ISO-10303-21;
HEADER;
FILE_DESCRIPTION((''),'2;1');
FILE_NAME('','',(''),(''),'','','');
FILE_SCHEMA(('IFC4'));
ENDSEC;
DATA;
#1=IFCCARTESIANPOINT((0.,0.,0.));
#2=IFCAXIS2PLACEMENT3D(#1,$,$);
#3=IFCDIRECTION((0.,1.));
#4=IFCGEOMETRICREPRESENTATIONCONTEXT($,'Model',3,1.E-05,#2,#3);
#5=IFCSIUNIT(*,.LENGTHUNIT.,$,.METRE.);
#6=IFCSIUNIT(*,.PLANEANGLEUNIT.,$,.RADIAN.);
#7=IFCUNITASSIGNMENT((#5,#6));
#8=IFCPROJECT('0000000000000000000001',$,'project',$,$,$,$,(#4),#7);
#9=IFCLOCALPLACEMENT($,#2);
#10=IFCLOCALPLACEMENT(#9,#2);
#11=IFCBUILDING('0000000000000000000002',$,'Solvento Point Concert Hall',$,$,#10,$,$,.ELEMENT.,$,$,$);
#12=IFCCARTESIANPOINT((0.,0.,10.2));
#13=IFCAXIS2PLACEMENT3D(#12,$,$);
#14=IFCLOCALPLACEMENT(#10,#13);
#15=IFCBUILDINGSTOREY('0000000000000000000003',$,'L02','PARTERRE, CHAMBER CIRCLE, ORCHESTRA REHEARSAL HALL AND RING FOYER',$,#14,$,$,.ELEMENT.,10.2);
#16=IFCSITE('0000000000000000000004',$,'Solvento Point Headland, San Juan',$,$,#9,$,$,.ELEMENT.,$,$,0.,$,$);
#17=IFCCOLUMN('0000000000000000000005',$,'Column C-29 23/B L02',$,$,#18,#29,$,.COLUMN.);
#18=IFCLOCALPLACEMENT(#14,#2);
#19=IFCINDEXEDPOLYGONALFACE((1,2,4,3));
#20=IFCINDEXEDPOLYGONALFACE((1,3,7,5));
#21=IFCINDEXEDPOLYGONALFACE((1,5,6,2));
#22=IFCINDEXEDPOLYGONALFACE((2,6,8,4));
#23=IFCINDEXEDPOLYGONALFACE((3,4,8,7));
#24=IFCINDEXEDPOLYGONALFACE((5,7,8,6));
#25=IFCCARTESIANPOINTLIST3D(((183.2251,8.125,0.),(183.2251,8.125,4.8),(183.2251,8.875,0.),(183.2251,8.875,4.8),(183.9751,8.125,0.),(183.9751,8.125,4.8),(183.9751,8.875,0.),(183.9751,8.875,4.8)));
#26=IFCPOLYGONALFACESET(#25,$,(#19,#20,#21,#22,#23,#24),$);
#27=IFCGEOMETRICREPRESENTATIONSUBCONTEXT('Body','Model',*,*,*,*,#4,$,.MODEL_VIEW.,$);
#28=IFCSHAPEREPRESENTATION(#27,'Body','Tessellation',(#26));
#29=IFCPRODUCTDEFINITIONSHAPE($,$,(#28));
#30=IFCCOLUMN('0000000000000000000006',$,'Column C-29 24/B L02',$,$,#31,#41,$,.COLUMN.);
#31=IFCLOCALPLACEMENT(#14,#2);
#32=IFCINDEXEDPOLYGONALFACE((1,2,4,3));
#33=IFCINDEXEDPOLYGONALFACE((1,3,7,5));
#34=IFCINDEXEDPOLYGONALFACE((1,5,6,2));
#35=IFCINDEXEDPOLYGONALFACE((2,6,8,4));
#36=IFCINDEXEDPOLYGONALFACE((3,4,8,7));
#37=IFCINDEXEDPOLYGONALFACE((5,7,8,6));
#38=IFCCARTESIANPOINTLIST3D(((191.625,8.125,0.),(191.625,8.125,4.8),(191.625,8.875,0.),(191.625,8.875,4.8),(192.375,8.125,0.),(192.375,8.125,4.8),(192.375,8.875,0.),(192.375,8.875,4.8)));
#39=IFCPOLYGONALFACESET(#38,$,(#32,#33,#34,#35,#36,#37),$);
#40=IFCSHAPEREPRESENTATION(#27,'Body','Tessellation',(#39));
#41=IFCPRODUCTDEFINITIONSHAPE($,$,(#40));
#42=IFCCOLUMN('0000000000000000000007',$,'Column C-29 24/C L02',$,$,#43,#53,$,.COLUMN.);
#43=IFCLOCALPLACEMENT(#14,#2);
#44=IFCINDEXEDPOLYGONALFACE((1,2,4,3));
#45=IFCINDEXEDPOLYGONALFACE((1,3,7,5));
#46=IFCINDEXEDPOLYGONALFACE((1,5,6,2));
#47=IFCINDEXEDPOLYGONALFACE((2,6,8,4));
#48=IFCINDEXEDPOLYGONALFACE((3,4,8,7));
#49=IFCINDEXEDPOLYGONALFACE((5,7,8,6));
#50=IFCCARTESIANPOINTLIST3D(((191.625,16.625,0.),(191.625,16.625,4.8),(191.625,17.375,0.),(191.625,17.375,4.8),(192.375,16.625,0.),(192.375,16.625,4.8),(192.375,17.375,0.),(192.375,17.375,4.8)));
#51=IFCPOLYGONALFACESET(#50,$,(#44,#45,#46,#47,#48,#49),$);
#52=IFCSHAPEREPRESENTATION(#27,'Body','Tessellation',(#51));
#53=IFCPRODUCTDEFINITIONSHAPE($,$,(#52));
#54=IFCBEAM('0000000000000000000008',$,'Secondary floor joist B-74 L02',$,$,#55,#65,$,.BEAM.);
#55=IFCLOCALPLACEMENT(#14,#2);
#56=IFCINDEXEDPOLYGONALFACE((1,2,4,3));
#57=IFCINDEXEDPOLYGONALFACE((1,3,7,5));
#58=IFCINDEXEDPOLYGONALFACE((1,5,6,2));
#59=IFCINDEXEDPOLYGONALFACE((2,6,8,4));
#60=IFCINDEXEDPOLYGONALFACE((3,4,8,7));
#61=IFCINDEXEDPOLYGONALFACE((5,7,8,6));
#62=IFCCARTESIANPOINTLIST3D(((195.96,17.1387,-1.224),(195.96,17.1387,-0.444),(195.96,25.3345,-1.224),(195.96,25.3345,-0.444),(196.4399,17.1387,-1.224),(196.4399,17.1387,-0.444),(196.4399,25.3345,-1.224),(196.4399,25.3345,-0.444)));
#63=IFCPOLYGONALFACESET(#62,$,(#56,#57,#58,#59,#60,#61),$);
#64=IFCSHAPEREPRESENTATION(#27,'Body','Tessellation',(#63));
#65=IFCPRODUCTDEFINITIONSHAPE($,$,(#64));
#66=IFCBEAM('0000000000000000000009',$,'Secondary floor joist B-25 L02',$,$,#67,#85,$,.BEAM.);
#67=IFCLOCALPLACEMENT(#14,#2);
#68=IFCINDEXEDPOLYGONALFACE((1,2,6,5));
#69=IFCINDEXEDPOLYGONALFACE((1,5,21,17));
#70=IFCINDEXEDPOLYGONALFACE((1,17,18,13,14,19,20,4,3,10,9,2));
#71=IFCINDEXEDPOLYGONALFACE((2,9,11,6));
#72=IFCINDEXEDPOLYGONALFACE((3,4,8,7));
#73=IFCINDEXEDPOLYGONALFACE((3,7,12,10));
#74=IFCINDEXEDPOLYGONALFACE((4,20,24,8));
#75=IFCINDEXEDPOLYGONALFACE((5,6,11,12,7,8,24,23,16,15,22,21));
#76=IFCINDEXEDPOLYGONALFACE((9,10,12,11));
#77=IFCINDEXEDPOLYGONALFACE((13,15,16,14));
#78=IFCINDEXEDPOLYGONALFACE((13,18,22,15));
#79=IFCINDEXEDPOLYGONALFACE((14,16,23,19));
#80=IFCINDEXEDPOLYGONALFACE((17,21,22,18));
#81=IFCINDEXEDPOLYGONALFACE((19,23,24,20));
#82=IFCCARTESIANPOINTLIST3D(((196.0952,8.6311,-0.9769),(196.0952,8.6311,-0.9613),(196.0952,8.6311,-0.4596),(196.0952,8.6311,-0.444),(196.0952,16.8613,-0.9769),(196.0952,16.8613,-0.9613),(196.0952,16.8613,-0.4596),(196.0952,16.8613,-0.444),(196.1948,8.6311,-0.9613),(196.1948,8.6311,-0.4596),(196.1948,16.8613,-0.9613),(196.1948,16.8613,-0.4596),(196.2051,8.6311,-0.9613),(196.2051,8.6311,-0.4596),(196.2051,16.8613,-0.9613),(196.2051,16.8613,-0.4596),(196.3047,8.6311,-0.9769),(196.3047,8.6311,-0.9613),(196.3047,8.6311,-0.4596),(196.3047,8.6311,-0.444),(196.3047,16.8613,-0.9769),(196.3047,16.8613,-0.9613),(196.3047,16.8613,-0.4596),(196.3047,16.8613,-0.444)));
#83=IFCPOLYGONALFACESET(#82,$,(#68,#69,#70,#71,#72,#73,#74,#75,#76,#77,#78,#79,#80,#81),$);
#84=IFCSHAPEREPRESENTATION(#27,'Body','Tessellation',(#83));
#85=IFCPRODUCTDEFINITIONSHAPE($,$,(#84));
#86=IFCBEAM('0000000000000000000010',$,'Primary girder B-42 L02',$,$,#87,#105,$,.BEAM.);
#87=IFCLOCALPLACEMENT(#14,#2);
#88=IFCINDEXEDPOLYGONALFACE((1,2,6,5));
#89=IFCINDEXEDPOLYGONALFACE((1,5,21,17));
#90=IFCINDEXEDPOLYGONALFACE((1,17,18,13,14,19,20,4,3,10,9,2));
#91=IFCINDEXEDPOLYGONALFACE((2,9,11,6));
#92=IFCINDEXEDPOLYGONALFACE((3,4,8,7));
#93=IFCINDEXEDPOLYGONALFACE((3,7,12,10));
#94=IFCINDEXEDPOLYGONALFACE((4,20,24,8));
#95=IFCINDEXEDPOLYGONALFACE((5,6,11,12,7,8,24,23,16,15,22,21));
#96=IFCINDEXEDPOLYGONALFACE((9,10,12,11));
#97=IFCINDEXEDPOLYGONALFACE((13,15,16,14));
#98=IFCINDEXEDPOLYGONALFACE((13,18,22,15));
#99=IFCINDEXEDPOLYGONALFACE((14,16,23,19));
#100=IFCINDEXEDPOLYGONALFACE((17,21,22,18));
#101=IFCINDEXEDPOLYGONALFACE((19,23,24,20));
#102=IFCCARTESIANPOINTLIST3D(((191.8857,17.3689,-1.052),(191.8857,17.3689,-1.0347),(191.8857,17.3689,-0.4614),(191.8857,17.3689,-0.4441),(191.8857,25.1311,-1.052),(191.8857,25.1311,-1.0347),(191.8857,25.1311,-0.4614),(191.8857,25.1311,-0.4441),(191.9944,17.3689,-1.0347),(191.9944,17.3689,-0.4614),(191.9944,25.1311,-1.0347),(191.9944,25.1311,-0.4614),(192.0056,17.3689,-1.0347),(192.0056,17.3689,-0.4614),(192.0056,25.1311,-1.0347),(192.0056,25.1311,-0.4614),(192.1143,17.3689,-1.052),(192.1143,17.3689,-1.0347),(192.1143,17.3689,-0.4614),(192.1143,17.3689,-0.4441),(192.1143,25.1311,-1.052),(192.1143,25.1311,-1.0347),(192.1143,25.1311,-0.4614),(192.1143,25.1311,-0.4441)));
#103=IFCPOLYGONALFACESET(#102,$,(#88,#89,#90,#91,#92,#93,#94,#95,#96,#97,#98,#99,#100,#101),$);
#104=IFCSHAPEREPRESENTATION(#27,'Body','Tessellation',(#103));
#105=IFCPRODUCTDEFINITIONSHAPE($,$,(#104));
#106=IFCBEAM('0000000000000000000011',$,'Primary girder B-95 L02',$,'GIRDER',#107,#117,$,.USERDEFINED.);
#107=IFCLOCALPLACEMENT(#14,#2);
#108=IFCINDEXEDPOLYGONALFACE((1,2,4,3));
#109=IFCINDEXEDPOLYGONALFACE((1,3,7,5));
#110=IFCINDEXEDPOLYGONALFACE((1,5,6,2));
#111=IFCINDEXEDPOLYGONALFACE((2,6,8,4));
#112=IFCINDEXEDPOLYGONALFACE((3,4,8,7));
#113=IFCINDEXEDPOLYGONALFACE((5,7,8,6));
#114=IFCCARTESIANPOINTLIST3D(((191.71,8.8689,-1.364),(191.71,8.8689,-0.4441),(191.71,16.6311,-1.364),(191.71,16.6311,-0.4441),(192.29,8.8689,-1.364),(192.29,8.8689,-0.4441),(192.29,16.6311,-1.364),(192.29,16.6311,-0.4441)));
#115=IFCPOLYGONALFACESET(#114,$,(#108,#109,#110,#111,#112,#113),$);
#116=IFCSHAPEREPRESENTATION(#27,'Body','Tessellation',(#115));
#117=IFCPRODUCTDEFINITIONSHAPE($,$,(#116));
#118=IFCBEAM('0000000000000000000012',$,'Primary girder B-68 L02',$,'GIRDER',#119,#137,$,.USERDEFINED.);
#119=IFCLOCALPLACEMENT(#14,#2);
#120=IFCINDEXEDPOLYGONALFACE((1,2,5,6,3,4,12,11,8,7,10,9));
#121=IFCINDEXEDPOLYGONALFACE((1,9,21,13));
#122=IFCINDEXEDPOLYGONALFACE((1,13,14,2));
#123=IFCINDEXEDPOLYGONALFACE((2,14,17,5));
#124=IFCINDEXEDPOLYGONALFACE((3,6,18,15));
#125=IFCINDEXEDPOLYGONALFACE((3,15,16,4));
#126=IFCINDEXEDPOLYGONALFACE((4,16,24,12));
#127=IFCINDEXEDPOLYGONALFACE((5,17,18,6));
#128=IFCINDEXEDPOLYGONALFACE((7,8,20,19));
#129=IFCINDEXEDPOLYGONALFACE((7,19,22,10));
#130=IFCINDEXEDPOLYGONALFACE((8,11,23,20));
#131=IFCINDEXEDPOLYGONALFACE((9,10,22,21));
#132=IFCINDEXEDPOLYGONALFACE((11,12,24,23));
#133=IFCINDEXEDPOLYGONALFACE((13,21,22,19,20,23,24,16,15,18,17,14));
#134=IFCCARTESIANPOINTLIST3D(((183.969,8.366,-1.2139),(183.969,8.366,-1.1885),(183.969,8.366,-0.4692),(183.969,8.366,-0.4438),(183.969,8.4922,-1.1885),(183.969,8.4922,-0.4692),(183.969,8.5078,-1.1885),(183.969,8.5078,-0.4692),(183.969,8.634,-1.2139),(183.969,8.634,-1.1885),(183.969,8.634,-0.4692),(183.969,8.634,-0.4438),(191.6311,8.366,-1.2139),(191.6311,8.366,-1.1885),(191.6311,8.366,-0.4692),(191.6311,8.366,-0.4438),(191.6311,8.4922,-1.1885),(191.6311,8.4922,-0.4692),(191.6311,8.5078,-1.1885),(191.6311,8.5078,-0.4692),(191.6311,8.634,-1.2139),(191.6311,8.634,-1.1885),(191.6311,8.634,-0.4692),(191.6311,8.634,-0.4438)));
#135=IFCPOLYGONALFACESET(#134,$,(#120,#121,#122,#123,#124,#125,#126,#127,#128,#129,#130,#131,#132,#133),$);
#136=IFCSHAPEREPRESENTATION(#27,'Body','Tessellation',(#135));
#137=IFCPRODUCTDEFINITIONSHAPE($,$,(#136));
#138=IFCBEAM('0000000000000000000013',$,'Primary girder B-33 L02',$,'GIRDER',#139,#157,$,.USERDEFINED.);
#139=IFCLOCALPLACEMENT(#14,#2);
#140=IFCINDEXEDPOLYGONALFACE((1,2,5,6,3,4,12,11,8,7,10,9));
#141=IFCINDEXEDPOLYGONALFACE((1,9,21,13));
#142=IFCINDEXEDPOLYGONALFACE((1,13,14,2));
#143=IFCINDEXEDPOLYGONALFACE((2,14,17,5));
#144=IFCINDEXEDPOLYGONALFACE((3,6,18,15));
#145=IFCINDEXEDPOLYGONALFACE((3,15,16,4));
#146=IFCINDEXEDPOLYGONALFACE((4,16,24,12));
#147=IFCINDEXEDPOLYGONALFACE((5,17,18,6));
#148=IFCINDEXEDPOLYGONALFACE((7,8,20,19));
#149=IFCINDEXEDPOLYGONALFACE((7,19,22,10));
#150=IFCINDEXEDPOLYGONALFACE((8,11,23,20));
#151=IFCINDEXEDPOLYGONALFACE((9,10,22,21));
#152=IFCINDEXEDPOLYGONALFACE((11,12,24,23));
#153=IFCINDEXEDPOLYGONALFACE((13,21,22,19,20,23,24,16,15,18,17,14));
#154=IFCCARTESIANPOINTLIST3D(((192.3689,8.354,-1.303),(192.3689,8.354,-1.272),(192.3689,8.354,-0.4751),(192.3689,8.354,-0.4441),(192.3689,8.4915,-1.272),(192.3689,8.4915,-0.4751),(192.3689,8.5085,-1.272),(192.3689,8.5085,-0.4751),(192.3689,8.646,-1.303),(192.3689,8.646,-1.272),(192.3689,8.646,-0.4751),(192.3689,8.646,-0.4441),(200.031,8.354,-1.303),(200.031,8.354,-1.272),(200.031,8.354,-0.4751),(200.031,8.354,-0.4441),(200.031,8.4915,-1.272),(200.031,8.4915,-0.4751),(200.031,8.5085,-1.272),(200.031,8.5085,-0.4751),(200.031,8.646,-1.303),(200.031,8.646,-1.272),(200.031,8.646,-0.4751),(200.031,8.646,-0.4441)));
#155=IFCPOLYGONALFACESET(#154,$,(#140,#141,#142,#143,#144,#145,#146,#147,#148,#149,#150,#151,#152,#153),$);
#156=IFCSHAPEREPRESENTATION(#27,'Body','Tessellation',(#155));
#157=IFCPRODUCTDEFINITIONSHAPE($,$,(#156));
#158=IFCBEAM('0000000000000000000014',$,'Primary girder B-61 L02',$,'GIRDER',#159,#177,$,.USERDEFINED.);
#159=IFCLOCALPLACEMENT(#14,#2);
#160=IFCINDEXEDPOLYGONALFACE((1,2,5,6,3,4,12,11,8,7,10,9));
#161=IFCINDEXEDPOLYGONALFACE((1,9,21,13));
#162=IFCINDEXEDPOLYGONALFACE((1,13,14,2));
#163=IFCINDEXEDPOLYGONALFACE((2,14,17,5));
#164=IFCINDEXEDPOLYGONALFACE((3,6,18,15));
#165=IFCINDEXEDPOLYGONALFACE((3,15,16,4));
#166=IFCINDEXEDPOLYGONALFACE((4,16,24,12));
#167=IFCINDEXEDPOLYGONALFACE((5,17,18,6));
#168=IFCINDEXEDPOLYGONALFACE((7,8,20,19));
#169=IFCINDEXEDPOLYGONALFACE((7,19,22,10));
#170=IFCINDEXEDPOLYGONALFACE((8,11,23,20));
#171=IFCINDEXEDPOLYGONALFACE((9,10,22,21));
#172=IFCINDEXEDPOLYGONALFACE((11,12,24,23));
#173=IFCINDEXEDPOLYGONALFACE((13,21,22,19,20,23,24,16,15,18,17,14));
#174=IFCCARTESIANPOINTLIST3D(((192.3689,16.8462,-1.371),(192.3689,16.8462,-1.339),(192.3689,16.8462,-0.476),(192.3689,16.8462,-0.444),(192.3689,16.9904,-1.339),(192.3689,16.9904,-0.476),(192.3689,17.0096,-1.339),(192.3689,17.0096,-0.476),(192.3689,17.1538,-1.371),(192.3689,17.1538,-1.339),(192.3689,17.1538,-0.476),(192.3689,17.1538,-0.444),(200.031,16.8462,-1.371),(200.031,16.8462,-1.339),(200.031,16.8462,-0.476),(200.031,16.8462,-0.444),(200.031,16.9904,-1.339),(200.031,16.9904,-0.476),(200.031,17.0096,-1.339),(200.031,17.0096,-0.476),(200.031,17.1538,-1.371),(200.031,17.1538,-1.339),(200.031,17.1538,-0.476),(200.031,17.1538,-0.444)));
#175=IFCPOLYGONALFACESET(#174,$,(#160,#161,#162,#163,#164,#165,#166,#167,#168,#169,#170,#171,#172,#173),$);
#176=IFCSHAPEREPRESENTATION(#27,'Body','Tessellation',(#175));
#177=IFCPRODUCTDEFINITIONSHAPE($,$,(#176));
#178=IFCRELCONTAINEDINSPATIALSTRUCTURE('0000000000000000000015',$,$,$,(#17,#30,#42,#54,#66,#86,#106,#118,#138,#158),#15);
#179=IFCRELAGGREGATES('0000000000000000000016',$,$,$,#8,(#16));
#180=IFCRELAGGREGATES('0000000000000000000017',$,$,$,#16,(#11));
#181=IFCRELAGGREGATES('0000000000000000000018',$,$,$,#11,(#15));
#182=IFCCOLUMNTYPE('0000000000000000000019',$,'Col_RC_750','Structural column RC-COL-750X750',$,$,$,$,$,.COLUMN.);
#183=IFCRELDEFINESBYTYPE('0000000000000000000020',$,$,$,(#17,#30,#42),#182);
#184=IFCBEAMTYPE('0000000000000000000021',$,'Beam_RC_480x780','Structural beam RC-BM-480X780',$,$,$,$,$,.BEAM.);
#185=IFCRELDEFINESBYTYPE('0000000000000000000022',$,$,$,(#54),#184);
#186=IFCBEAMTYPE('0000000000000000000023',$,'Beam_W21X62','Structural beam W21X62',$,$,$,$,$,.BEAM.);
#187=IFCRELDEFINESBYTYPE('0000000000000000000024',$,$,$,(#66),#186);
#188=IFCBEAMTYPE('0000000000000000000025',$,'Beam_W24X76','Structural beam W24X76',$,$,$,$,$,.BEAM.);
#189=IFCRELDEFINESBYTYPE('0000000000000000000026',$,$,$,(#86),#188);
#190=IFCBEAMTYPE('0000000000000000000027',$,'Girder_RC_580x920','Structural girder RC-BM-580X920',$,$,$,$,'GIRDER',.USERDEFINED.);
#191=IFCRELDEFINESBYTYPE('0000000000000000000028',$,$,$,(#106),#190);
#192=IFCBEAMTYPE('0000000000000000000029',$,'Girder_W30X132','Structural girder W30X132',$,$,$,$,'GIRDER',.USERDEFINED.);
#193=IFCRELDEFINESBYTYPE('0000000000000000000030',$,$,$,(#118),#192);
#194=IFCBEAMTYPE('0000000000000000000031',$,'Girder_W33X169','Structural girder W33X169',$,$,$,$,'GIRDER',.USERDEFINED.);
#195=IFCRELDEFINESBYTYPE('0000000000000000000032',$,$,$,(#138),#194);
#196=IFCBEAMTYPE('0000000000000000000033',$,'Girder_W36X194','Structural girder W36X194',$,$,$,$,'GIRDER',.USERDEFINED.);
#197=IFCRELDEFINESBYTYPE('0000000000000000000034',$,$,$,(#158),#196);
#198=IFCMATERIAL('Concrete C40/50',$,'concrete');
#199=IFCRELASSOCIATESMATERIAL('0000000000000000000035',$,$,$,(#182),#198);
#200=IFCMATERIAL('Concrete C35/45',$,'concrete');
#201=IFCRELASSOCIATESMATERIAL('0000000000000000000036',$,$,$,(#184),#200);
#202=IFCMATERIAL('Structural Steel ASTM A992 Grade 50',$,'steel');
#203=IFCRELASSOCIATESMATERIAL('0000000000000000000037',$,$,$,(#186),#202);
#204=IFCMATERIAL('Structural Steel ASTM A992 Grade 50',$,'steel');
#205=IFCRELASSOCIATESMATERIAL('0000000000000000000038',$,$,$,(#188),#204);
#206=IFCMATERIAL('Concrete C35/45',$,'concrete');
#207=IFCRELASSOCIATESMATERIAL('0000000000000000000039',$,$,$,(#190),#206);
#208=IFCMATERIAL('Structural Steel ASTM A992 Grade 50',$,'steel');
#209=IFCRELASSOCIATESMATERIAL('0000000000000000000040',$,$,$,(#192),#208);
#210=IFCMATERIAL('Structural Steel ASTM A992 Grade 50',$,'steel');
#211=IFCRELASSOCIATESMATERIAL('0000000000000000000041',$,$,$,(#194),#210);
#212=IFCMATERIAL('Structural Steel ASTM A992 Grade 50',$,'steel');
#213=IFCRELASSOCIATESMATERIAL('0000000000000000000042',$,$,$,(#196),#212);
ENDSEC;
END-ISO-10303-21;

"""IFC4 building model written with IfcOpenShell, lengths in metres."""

from ifc_helpers import new_model, si_unit, direction, frame, origin, origin_2d, place, context, subcontext, project, spatial, rectangle, i_section, extrude, material, material_profile, profile_set, type_object, element, save


model = new_model("IFC4")

# Units and contexts
model_context = context("Model", 3, precision=1e-05, world=origin(), true_north=direction((0.0, 1.0)))
body_context = subcontext(model_context, "Body", "Model", "MODEL_VIEW")
ifc_project = project(units=[si_unit("LENGTHUNIT", "METRE"), si_unit("PLANEANGLEUNIT", "RADIAN")], contexts=[model_context])

# Site, building, storey
site_placement = place(None, origin())
site = spatial("IfcSite", under=ifc_project, at=site_placement, Name="Solvento Point Headland, San Juan", CompositionType="ELEMENT", RefElevation=0.0)
building_placement = place(site_placement, origin())
building = spatial("IfcBuilding", under=site, at=building_placement, Name="Solvento Point Concert Hall", CompositionType="ELEMENT")
storey_placement = place(building_placement, frame((0.0, 0.0, 10.2)))
storey = spatial("IfcBuildingStorey", under=building, at=storey_placement, Name="L02", Description="PARTERRE, CHAMBER CIRCLE, ORCHESTRA REHEARSAL HALL AND RING FOYER", CompositionType="ELEMENT", Elevation=10.2)

# Columns
ifc_material_1 = material(Name="Concrete C40/50", Category="concrete")
ifc_material_profile_1 = material_profile(ifc_material_1, rectangle(XDim=0.75, YDim=0.75, at=origin_2d()), Name="RC-COL-750X750")
ifc_profile_set_1 = profile_set([ifc_material_profile_1], Name="Concrete C40/50")
column_type = type_object("IfcColumnType", Name="Col_RC_750", Description="Structural column RC-COL-750X750", PredefinedType="COLUMN", material=ifc_profile_set_1)
for number, where, z_axis, x_axis, name in (
    (1, (183.6001, 8.5, 0.0), (0.0, 0.0, 1.0), (1.0, 0.0, 0.0), "Column C-29 23/B L02"),
    (2, (192.0, 8.5, 0.0), (0.0, 0.0, 1.0), (1.0, 0.0, 0.0), "Column C-29 24/B L02"),
    (3, (192.0, 17.0, 0.0), (0.0, 0.0, 1.0), (1.0, 0.0, 0.0), "Column C-29 24/C L02"),
):
    element("IfcColumn", number, at=place(storey_placement, frame(where, z_axis=z_axis, x_axis=x_axis)), inside=storey, type_object=column_type, Name=name, PredefinedType="COLUMN", context=body_context, shape_type="SweptSolid", body=[
        extrude(rectangle(XDim=0.75, YDim=0.75, at=origin_2d()), origin(), (0.0, 0.0, 1.0), 4.8),
    ])

# Beams
ifc_material_2 = material(Name="Concrete C35/45", Category="concrete")
ifc_material_profile_2 = material_profile(ifc_material_2, rectangle(XDim=0.48, YDim=0.78, at=origin_2d()), Name="RC-BM-480X780")
ifc_profile_set_2 = profile_set([ifc_material_profile_2], Name="Concrete C35/45")
beam_type_1 = type_object("IfcBeamType", Name="Beam_RC_480x780", Description="Structural beam RC-BM-480X780", PredefinedType="BEAM", material=ifc_profile_set_2)
beam_1_placement = place(storey_placement, frame((196.2, 17.1387, -0.834), z_axis=(0.0, 1.0, 0.0), x_axis=(-1.0, 0.0, 0.0)))
element("IfcBeam", 4, at=beam_1_placement, inside=storey, type_object=beam_type_1, Name="Secondary floor joist B-74 L02", PredefinedType="BEAM", context=body_context, shape_type="SweptSolid", body=[
    extrude(rectangle(XDim=0.48, YDim=0.78, at=origin_2d()), origin(), (0.0, 0.0, 1.0), 8.1958),
])
ifc_material_3 = material(Name="Structural Steel ASTM A992 Grade 50", Category="steel")
ifc_material_profile_3 = material_profile(ifc_material_3, i_section(OverallWidth=0.2095, OverallDepth=0.533, WebThickness=0.0103, FlangeThickness=0.0156, at=origin_2d()), Name="W21X62")
ifc_profile_set_3 = profile_set([ifc_material_profile_3], Name="Structural Steel ASTM A992 Grade 50")
beam_type_2 = type_object("IfcBeamType", Name="Beam_W21X62", Description="Structural beam W21X62", PredefinedType="BEAM", material=ifc_profile_set_3)
beam_2_placement = place(storey_placement, frame((196.2, 8.6311, -0.7104), z_axis=(0.0, 1.0, 0.0), x_axis=(-1.0, 0.0, 0.0)))
element("IfcBeam", 5, at=beam_2_placement, inside=storey, type_object=beam_type_2, Name="Secondary floor joist B-25 L02", PredefinedType="BEAM", context=body_context, shape_type="SweptSolid", body=[
    extrude(i_section(OverallWidth=0.2095, OverallDepth=0.533, WebThickness=0.0103, FlangeThickness=0.0156, at=origin_2d()), origin(), (0.0, 0.0, 1.0), 8.2302),
])
ifc_material_4 = material(Name="Structural Steel ASTM A992 Grade 50", Category="steel")
ifc_material_profile_4 = material_profile(ifc_material_4, i_section(OverallWidth=0.2285, OverallDepth=0.6079, WebThickness=0.0112, FlangeThickness=0.0173, at=origin_2d()), Name="W24X76")
ifc_profile_set_4 = profile_set([ifc_material_profile_4], Name="Structural Steel ASTM A992 Grade 50")
beam_type_3 = type_object("IfcBeamType", Name="Beam_W24X76", Description="Structural beam W24X76", PredefinedType="BEAM", material=ifc_profile_set_4)
beam_3_placement = place(storey_placement, frame((192.0, 17.3689, -0.748), z_axis=(0.0, 1.0, 0.0), x_axis=(-1.0, 0.0, 0.0)))
element("IfcBeam", 6, at=beam_3_placement, inside=storey, type_object=beam_type_3, Name="Primary girder B-42 L02", PredefinedType="BEAM", context=body_context, shape_type="SweptSolid", body=[
    extrude(i_section(OverallWidth=0.2285, OverallDepth=0.6079, WebThickness=0.0112, FlangeThickness=0.0173, at=origin_2d()), origin(), (0.0, 0.0, 1.0), 7.7622),
])
ifc_material_5 = material(Name="Concrete C35/45", Category="concrete")
ifc_material_profile_5 = material_profile(ifc_material_5, rectangle(XDim=0.5801, YDim=0.9199, at=origin_2d()), Name="RC-BM-580X920")
ifc_profile_set_5 = profile_set([ifc_material_profile_5], Name="Concrete C35/45")
beam_type_4 = type_object("IfcBeamType", Name="Girder_RC_580x920", Description="Structural girder RC-BM-580X920", ElementType="GIRDER", PredefinedType="USERDEFINED", material=ifc_profile_set_5)
beam_4_placement = place(storey_placement, frame((192.0, 8.8689, -0.9041), z_axis=(0.0, 1.0, 0.0), x_axis=(-1.0, 0.0, 0.0)))
element("IfcBeam", 7, at=beam_4_placement, inside=storey, type_object=beam_type_4, Name="Primary girder B-95 L02", ObjectType="GIRDER", PredefinedType="USERDEFINED", context=body_context, shape_type="SweptSolid", body=[
    extrude(rectangle(XDim=0.5801, YDim=0.9199, at=origin_2d()), origin(), (0.0, 0.0, 1.0), 7.7622),
])
ifc_material_6 = material(Name="Structural Steel ASTM A992 Grade 50", Category="steel")
ifc_material_profile_6 = material_profile(ifc_material_6, i_section(OverallWidth=0.2681, OverallDepth=0.77, WebThickness=0.0156, FlangeThickness=0.0254, at=origin_2d()), Name="W30X132")
ifc_profile_set_6 = profile_set([ifc_material_profile_6], Name="Structural Steel ASTM A992 Grade 50")
beam_type_5 = type_object("IfcBeamType", Name="Girder_W30X132", Description="Structural girder W30X132", ElementType="GIRDER", PredefinedType="USERDEFINED", material=ifc_profile_set_6)
beam_5_placement = place(storey_placement, frame((183.969, 8.5, -0.8289), z_axis=(1.0, 0.0, 0.0), x_axis=(0.0, 1.0, 0.0)))
element("IfcBeam", 8, at=beam_5_placement, inside=storey, type_object=beam_type_5, Name="Primary girder B-68 L02", ObjectType="GIRDER", PredefinedType="USERDEFINED", context=body_context, shape_type="SweptSolid", body=[
    extrude(i_section(OverallWidth=0.2681, OverallDepth=0.77, WebThickness=0.0156, FlangeThickness=0.0254, at=origin_2d()), origin(), (0.0, 0.0, 1.0), 7.6621),
])
ifc_material_7 = material(Name="Structural Steel ASTM A992 Grade 50", Category="steel")
ifc_material_profile_7 = material_profile(ifc_material_7, i_section(OverallWidth=0.292, OverallDepth=0.8589, WebThickness=0.0171, FlangeThickness=0.031, at=origin_2d()), Name="W33X169")
ifc_profile_set_7 = profile_set([ifc_material_profile_7], Name="Structural Steel ASTM A992 Grade 50")
beam_type_6 = type_object("IfcBeamType", Name="Girder_W33X169", Description="Structural girder W33X169", ElementType="GIRDER", PredefinedType="USERDEFINED", material=ifc_profile_set_7)
beam_6_placement = place(storey_placement, frame((192.3689, 8.5, -0.8735), z_axis=(1.0, 0.0, 0.0), x_axis=(0.0, 1.0, 0.0)))
element("IfcBeam", 9, at=beam_6_placement, inside=storey, type_object=beam_type_6, Name="Primary girder B-33 L02", ObjectType="GIRDER", PredefinedType="USERDEFINED", context=body_context, shape_type="SweptSolid", body=[
    extrude(i_section(OverallWidth=0.292, OverallDepth=0.8589, WebThickness=0.0171, FlangeThickness=0.031, at=origin_2d()), origin(), (0.0, 0.0, 1.0), 7.6621),
])
ifc_material_8 = material(Name="Structural Steel ASTM A992 Grade 50", Category="steel")
ifc_material_profile_8 = material_profile(ifc_material_8, i_section(OverallWidth=0.3076, OverallDepth=0.927, WebThickness=0.0193, FlangeThickness=0.032, at=origin_2d()), Name="W36X194")
ifc_profile_set_8 = profile_set([ifc_material_profile_8], Name="Structural Steel ASTM A992 Grade 50")
beam_type_7 = type_object("IfcBeamType", Name="Girder_W36X194", Description="Structural girder W36X194", ElementType="GIRDER", PredefinedType="USERDEFINED", material=ifc_profile_set_8)
beam_7_placement = place(storey_placement, frame((192.3689, 17.0, -0.9075), z_axis=(1.0, 0.0, 0.0), x_axis=(0.0, 1.0, 0.0)))
element("IfcBeam", 10, at=beam_7_placement, inside=storey, type_object=beam_type_7, Name="Primary girder B-61 L02", ObjectType="GIRDER", PredefinedType="USERDEFINED", context=body_context, shape_type="SweptSolid", body=[
    extrude(i_section(OverallWidth=0.3076, OverallDepth=0.927, WebThickness=0.0193, FlangeThickness=0.032, at=origin_2d()), origin(), (0.0, 0.0, 1.0), 7.6621),
])

save(model, "model.ifc")
